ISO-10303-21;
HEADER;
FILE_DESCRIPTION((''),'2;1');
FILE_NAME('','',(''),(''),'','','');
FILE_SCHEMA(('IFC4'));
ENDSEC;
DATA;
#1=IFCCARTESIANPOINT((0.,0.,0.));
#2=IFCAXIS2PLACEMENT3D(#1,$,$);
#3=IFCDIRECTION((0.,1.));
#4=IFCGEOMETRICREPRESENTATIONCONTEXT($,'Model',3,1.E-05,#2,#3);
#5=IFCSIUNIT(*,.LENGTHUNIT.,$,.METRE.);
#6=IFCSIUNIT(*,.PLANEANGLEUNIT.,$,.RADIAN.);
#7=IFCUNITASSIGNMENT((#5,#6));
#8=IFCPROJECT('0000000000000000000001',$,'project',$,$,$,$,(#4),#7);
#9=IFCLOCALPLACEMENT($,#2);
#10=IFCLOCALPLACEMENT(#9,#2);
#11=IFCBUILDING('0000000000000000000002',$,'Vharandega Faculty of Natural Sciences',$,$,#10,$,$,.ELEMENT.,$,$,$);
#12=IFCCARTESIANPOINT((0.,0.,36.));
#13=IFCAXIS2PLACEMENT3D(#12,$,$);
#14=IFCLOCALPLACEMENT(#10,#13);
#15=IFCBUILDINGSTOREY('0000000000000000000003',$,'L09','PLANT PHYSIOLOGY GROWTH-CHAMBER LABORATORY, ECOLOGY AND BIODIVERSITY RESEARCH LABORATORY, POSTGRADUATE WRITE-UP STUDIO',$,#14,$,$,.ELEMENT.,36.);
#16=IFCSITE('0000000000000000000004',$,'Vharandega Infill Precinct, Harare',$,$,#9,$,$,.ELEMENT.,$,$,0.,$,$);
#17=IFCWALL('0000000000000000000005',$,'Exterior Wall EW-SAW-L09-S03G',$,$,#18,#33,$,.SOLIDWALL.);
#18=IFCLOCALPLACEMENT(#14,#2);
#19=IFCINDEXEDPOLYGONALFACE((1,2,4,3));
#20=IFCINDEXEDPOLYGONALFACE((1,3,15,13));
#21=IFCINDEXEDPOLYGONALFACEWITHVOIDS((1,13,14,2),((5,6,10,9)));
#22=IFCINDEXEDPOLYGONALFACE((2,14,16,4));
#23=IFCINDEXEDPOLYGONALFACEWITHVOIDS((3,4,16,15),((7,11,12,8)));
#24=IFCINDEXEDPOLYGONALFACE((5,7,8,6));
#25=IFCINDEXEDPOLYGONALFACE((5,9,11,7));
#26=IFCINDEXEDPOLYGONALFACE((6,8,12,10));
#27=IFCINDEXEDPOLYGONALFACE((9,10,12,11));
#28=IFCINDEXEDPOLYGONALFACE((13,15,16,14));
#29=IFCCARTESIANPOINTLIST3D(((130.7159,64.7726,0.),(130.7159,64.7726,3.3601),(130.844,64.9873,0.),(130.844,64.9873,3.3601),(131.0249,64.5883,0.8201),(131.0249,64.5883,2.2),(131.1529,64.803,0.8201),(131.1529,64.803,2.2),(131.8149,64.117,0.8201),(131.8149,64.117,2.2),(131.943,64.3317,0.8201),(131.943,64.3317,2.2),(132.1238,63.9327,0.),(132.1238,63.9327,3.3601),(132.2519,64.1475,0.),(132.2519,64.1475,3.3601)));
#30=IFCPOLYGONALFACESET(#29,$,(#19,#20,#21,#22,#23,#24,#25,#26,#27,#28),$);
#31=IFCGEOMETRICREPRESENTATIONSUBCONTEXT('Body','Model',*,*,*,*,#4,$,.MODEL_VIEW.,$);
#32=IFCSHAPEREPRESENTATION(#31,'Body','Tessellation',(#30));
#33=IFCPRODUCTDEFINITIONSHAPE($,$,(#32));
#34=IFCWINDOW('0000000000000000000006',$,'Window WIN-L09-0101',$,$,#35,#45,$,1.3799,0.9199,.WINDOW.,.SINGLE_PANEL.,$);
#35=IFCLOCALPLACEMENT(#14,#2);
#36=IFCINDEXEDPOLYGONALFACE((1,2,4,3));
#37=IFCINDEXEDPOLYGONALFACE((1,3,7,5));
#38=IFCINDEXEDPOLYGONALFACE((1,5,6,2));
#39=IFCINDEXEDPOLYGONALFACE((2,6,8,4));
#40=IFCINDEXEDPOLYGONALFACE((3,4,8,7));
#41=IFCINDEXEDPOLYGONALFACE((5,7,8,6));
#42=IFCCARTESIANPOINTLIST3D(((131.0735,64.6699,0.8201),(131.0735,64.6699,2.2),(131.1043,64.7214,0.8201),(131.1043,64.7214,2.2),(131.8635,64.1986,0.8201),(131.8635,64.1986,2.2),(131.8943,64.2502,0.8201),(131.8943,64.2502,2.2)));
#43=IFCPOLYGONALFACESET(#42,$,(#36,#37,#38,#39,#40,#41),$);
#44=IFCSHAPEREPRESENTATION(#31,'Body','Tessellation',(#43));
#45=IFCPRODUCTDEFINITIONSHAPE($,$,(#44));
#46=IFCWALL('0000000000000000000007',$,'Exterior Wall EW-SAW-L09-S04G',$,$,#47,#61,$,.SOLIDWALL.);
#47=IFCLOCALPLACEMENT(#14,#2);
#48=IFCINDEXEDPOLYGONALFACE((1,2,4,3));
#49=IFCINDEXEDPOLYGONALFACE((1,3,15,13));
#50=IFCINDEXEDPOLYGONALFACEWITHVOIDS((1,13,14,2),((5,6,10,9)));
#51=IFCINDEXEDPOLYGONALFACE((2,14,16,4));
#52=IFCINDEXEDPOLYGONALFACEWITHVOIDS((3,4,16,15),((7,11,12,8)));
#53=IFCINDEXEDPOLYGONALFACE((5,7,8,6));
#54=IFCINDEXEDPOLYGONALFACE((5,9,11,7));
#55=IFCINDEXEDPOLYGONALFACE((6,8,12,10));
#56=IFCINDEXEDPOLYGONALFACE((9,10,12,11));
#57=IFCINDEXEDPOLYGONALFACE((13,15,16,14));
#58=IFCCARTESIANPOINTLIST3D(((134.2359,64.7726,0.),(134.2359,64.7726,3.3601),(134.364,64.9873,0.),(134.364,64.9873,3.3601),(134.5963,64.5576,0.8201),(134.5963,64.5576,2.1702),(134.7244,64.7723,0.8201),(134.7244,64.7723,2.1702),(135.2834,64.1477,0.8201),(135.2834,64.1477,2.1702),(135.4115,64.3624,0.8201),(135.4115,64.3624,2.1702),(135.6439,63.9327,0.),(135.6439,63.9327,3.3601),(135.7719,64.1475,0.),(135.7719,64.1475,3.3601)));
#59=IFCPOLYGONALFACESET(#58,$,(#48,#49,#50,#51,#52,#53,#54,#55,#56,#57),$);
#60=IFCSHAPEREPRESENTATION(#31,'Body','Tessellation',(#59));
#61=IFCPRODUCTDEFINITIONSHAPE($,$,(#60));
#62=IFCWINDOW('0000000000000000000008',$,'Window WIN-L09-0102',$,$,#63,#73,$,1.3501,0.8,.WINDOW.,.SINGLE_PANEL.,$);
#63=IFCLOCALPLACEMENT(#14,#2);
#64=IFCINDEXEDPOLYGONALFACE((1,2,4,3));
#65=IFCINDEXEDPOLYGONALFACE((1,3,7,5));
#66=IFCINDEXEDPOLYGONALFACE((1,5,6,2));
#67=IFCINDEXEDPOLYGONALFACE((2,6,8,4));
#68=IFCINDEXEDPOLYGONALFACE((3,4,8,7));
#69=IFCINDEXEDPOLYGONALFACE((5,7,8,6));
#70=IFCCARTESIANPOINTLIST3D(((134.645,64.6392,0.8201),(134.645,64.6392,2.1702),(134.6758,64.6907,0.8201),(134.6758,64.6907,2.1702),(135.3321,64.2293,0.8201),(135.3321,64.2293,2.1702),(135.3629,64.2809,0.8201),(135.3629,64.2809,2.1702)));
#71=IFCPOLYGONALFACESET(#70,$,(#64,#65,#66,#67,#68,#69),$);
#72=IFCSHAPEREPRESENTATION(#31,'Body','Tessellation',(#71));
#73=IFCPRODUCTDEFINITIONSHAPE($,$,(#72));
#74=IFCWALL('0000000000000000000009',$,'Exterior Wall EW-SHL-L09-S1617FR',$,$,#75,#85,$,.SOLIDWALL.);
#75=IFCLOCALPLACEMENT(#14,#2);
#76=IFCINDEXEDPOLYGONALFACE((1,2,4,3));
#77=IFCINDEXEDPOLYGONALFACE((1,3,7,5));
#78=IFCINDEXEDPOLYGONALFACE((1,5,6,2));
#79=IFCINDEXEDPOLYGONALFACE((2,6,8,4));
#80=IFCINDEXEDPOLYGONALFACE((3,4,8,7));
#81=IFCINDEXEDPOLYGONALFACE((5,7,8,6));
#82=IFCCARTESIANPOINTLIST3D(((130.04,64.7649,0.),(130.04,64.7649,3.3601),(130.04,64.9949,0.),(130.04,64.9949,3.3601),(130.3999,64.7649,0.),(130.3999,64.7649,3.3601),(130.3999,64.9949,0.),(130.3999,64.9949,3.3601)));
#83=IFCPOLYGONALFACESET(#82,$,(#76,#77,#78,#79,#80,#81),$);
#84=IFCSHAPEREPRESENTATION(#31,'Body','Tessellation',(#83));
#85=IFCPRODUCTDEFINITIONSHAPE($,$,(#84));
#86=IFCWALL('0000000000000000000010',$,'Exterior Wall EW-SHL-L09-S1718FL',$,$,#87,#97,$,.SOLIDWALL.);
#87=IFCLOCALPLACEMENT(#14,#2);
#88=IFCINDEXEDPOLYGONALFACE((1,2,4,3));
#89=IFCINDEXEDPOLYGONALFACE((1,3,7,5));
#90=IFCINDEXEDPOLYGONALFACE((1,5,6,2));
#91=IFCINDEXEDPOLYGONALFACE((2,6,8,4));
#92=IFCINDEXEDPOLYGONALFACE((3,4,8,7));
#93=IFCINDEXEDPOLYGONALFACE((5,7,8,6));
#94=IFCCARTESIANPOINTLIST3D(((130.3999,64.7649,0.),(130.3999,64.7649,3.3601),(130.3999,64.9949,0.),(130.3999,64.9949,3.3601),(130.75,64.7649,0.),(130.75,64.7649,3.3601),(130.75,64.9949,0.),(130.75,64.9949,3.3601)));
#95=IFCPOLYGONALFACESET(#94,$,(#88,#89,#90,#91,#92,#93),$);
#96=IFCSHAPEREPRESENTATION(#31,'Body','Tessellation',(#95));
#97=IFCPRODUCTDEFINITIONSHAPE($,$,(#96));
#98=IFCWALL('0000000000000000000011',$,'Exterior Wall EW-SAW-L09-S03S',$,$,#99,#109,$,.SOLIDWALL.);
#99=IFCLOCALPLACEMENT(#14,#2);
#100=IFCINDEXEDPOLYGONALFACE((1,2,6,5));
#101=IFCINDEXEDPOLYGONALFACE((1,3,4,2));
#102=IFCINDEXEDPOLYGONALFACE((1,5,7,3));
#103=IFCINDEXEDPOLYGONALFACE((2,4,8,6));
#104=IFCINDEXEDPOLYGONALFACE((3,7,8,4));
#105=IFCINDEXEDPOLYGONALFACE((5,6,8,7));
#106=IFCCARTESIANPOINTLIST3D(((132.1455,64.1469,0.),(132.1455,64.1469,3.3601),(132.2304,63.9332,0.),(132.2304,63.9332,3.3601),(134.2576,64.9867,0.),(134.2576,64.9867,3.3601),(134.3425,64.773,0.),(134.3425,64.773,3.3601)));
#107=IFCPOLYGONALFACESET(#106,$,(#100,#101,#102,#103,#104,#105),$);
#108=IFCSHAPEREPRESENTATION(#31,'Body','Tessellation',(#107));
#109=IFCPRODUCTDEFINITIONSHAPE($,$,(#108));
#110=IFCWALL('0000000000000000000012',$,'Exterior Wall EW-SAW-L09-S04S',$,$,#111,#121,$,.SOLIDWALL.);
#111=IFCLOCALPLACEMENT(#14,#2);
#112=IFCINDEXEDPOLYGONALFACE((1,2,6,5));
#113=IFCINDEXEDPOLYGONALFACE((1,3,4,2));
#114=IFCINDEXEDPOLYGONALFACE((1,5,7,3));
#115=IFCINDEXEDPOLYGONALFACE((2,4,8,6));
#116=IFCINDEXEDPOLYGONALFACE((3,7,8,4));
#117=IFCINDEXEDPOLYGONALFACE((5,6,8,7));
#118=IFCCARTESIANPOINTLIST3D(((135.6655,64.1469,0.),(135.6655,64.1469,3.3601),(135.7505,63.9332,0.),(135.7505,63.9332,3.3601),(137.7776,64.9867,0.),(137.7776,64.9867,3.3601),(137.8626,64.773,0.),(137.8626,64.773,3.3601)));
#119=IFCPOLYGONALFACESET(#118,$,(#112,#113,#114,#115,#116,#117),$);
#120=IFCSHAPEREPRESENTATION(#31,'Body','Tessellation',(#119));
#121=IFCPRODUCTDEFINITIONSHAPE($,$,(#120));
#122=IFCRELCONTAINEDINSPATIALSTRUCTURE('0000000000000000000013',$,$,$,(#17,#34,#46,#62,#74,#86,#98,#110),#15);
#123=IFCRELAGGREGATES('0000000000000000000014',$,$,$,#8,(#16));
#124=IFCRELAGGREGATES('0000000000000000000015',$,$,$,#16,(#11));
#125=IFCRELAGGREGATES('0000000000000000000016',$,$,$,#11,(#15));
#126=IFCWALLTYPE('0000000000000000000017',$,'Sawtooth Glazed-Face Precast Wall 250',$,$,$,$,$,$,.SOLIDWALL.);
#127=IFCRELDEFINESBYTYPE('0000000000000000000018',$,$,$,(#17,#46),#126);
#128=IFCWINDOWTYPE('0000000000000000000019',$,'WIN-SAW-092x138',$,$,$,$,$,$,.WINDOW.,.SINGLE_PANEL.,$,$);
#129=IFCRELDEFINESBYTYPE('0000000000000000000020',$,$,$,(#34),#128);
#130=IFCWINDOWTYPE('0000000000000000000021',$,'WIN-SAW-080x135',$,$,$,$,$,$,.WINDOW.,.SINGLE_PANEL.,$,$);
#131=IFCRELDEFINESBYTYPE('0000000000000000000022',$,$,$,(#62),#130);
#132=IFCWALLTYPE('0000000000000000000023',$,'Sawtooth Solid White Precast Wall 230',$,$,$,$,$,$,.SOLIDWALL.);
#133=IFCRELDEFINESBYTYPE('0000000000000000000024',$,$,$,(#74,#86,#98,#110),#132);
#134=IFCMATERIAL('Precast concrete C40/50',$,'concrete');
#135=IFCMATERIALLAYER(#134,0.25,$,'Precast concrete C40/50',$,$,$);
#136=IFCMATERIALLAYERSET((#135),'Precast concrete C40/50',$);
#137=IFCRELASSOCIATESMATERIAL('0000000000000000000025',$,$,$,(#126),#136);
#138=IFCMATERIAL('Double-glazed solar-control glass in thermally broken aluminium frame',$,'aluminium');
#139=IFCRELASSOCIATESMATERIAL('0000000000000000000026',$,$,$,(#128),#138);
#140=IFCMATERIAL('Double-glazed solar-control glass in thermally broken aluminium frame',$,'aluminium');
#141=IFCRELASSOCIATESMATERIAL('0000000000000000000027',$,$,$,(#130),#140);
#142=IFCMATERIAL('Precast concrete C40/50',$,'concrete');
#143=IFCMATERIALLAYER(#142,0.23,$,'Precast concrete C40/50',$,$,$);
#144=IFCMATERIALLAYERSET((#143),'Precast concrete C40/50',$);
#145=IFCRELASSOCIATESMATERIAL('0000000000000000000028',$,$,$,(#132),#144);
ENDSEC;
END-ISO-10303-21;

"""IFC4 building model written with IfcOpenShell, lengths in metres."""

from ifc_helpers import new_model, si_unit, direction, frame, frame_2d, origin, place, context, subcontext, project, spatial, rectangle, extrude, material, layer, layer_set, type_object, element, fill, save


model = new_model("IFC4")

# Units and contexts
model_context = context("Model", 3, precision=1e-05, world=origin(), true_north=direction((0.0, 1.0)))
body_context = subcontext(model_context, "Body", "Model", "MODEL_VIEW")
ifc_project = project(units=[si_unit("LENGTHUNIT", "METRE"), si_unit("PLANEANGLEUNIT", "RADIAN")], contexts=[model_context])

# Site, building, storey
site_placement = place(None, origin())
site = spatial("IfcSite", under=ifc_project, at=site_placement, Name="Vharandega Infill Precinct, Harare", CompositionType="ELEMENT", RefElevation=0.0)
building_placement = place(site_placement, origin())
building = spatial("IfcBuilding", under=site, at=building_placement, Name="Vharandega Faculty of Natural Sciences", CompositionType="ELEMENT")
storey_placement = place(building_placement, frame((0.0, 0.0, 36.0)))
storey = spatial("IfcBuildingStorey", under=building, at=storey_placement, Name="L09", Description="PLANT PHYSIOLOGY GROWTH-CHAMBER LABORATORY, ECOLOGY AND BIODIVERSITY RESEARCH LABORATORY, POSTGRADUATE WRITE-UP STUDIO", CompositionType="ELEMENT", Elevation=36.0)

# Walls, openings, windows
ifc_material_1 = material(Name="Precast concrete C40/50", Category="concrete")
ifc_layer_1 = layer(ifc_material_1, 0.25, Name="Precast concrete C40/50")
ifc_layer_set_1 = layer_set([ifc_layer_1], Name="Precast concrete C40/50")
wall_type_1 = type_object("IfcWallType", Name="Sawtooth Glazed-Face Precast Wall 250", PredefinedType="SOLIDWALL", material=ifc_layer_set_1)
wall_1_placement = place(storey_placement, frame((132.188, 64.04, 0.0), z_axis=(0.0, 0.0, 1.0), x_axis=(-0.858817, 0.512282, 0.0)))
wall_1 = element("IfcWall", 1, at=wall_1_placement, inside=storey, type_object=wall_type_1, Name="Exterior Wall EW-SAW-L09-S03G", PredefinedType="SOLIDWALL", context=body_context, shape_type="SweptSolid", body=[
    extrude(rectangle(XDim=1.6394, YDim=0.25, at=frame_2d((0.8198, 0.0))), origin(), (0.0, 0.0, 1.0), 3.3601),
])
opening_1_placement = place(wall_1_placement, frame((0.3599, 0.0, 0.8201)))
opening_1 = element("IfcOpeningElement", 2, at=opening_1_placement, cuts=wall_1, PredefinedType="OPENING", context=body_context, shape_type="SweptSolid", body=[
    extrude(rectangle(XDim=0.9199, YDim=1.3799, at=frame_2d((0.46, 0.6899))), frame((0.0, 0.135, 0.0), z_axis=(0.0, -1.0, 0.0), x_axis=(1.0, 0.0, 0.0)), (0.0, 0.0, 1.0), 0.27),
])
ifc_material_2 = material(Name="Double-glazed solar-control glass in thermally broken aluminium frame", Category="aluminium")
window_type_1 = type_object("IfcWindowType", Name="WIN-SAW-092x138", PartitioningType="SINGLE_PANEL", PredefinedType="WINDOW", material=ifc_material_2)
window_1_placement = place(opening_1_placement, origin())
window_1 = element("IfcWindow", 3, at=window_1_placement, inside=storey, type_object=window_type_1, Name="Window WIN-L09-0101", OverallHeight=1.3799, OverallWidth=0.9199, PartitioningType="SINGLE_PANEL", PredefinedType="WINDOW", context=body_context, shape_type="SweptSolid", body=[
    extrude(rectangle(XDim=0.9199, YDim=1.3799, at=frame_2d((0.46, 0.6899))), frame((0.0, 0.03, 0.0), z_axis=(0.0, -1.0, 0.0), x_axis=(1.0, 0.0, 0.0)), (0.0, 0.0, 1.0), 0.0601),
])
fill(opening_1, window_1)
wall_2_placement = place(storey_placement, frame((135.708, 64.04, 0.0), z_axis=(0.0, 0.0, 1.0), x_axis=(-0.858817, 0.512282, 0.0)))
wall_2 = element("IfcWall", 4, at=wall_2_placement, inside=storey, type_object=wall_type_1, Name="Exterior Wall EW-SAW-L09-S04G", PredefinedType="SOLIDWALL", context=body_context, shape_type="SweptSolid", body=[
    extrude(rectangle(XDim=1.6394, YDim=0.25, at=frame_2d((0.8198, 0.0))), origin(), (0.0, 0.0, 1.0), 3.3601),
])
opening_2_placement = place(wall_2_placement, frame((0.4199, 0.0, 0.8201)))
opening_2 = element("IfcOpeningElement", 5, at=opening_2_placement, cuts=wall_2, PredefinedType="OPENING", context=body_context, shape_type="SweptSolid", body=[
    extrude(rectangle(XDim=0.8, YDim=1.3501, at=frame_2d((0.3999, 0.675))), frame((0.0, 0.135, 0.0), z_axis=(0.0, -1.0, 0.0), x_axis=(1.0, 0.0, 0.0)), (0.0, 0.0, 1.0), 0.27),
])
ifc_material_3 = material(Name="Double-glazed solar-control glass in thermally broken aluminium frame", Category="aluminium")
window_type_2 = type_object("IfcWindowType", Name="WIN-SAW-080x135", PartitioningType="SINGLE_PANEL", PredefinedType="WINDOW", material=ifc_material_3)
window_2_placement = place(opening_2_placement, origin())
window_2 = element("IfcWindow", 6, at=window_2_placement, inside=storey, type_object=window_type_2, Name="Window WIN-L09-0102", OverallHeight=1.3501, OverallWidth=0.8, PartitioningType="SINGLE_PANEL", PredefinedType="WINDOW", context=body_context, shape_type="SweptSolid", body=[
    extrude(rectangle(XDim=0.8, YDim=1.3501, at=frame_2d((0.3999, 0.675))), frame((0.0, 0.03, 0.0), z_axis=(0.0, -1.0, 0.0), x_axis=(1.0, 0.0, 0.0)), (0.0, 0.0, 1.0), 0.0601),
])
fill(opening_2, window_2)

# Walls
ifc_material_4 = material(Name="Precast concrete C40/50", Category="concrete")
ifc_layer_2 = layer(ifc_material_4, 0.23, Name="Precast concrete C40/50")
ifc_layer_set_2 = layer_set([ifc_layer_2], Name="Precast concrete C40/50")
wall_type_2 = type_object("IfcWallType", Name="Sawtooth Solid White Precast Wall 230", PredefinedType="SOLIDWALL", material=ifc_layer_set_2)
wall_3_placement = place(storey_placement, frame((130.3999, 64.8799, 0.0), z_axis=(0.0, 0.0, 1.0), x_axis=(-1.0, 0.0, 0.0)))
element("IfcWall", 7, at=wall_3_placement, inside=storey, type_object=wall_type_2, Name="Exterior Wall EW-SHL-L09-S1617FR", PredefinedType="SOLIDWALL", context=body_context, shape_type="SweptSolid", body=[
    extrude(rectangle(XDim=0.3599, YDim=0.23, at=frame_2d((0.1799, 0.0))), origin(), (0.0, 0.0, 1.0), 3.3601),
])
wall_4_placement = place(storey_placement, frame((130.75, 64.8799, 0.0), z_axis=(0.0, 0.0, 1.0), x_axis=(-1.0, 0.0, 0.0)))
element("IfcWall", 8, at=wall_4_placement, inside=storey, type_object=wall_type_2, Name="Exterior Wall EW-SHL-L09-S1718FL", PredefinedType="SOLIDWALL", context=body_context, shape_type="SweptSolid", body=[
    extrude(rectangle(XDim=0.3501, YDim=0.23, at=frame_2d((0.175, 0.0))), origin(), (0.0, 0.0, 1.0), 3.3601),
])
for number, where, z_axis, x_axis, name in (
    (9, (134.3, 64.8799, 0.0), (0.0, 0.0, 1.0), (-0.92923, -0.369501, 0.0), "Exterior Wall EW-SAW-L09-S03S"),
    (10, (137.8201, 64.8799, 0.0), (0.0, 0.0, 1.0), (-0.92923, -0.369501, 0.0), "Exterior Wall EW-SAW-L09-S04S"),
):
    element("IfcWall", number, at=place(storey_placement, frame(where, z_axis=z_axis, x_axis=x_axis)), inside=storey, type_object=wall_type_2, Name=name, PredefinedType="SOLIDWALL", context=body_context, shape_type="SweptSolid", body=[
        extrude(rectangle(XDim=2.2729, YDim=0.23, at=frame_2d((1.1365, 0.0))), origin(), (0.0, 0.0, 1.0), 3.3601),
    ])

save(model, "model.ifc")
